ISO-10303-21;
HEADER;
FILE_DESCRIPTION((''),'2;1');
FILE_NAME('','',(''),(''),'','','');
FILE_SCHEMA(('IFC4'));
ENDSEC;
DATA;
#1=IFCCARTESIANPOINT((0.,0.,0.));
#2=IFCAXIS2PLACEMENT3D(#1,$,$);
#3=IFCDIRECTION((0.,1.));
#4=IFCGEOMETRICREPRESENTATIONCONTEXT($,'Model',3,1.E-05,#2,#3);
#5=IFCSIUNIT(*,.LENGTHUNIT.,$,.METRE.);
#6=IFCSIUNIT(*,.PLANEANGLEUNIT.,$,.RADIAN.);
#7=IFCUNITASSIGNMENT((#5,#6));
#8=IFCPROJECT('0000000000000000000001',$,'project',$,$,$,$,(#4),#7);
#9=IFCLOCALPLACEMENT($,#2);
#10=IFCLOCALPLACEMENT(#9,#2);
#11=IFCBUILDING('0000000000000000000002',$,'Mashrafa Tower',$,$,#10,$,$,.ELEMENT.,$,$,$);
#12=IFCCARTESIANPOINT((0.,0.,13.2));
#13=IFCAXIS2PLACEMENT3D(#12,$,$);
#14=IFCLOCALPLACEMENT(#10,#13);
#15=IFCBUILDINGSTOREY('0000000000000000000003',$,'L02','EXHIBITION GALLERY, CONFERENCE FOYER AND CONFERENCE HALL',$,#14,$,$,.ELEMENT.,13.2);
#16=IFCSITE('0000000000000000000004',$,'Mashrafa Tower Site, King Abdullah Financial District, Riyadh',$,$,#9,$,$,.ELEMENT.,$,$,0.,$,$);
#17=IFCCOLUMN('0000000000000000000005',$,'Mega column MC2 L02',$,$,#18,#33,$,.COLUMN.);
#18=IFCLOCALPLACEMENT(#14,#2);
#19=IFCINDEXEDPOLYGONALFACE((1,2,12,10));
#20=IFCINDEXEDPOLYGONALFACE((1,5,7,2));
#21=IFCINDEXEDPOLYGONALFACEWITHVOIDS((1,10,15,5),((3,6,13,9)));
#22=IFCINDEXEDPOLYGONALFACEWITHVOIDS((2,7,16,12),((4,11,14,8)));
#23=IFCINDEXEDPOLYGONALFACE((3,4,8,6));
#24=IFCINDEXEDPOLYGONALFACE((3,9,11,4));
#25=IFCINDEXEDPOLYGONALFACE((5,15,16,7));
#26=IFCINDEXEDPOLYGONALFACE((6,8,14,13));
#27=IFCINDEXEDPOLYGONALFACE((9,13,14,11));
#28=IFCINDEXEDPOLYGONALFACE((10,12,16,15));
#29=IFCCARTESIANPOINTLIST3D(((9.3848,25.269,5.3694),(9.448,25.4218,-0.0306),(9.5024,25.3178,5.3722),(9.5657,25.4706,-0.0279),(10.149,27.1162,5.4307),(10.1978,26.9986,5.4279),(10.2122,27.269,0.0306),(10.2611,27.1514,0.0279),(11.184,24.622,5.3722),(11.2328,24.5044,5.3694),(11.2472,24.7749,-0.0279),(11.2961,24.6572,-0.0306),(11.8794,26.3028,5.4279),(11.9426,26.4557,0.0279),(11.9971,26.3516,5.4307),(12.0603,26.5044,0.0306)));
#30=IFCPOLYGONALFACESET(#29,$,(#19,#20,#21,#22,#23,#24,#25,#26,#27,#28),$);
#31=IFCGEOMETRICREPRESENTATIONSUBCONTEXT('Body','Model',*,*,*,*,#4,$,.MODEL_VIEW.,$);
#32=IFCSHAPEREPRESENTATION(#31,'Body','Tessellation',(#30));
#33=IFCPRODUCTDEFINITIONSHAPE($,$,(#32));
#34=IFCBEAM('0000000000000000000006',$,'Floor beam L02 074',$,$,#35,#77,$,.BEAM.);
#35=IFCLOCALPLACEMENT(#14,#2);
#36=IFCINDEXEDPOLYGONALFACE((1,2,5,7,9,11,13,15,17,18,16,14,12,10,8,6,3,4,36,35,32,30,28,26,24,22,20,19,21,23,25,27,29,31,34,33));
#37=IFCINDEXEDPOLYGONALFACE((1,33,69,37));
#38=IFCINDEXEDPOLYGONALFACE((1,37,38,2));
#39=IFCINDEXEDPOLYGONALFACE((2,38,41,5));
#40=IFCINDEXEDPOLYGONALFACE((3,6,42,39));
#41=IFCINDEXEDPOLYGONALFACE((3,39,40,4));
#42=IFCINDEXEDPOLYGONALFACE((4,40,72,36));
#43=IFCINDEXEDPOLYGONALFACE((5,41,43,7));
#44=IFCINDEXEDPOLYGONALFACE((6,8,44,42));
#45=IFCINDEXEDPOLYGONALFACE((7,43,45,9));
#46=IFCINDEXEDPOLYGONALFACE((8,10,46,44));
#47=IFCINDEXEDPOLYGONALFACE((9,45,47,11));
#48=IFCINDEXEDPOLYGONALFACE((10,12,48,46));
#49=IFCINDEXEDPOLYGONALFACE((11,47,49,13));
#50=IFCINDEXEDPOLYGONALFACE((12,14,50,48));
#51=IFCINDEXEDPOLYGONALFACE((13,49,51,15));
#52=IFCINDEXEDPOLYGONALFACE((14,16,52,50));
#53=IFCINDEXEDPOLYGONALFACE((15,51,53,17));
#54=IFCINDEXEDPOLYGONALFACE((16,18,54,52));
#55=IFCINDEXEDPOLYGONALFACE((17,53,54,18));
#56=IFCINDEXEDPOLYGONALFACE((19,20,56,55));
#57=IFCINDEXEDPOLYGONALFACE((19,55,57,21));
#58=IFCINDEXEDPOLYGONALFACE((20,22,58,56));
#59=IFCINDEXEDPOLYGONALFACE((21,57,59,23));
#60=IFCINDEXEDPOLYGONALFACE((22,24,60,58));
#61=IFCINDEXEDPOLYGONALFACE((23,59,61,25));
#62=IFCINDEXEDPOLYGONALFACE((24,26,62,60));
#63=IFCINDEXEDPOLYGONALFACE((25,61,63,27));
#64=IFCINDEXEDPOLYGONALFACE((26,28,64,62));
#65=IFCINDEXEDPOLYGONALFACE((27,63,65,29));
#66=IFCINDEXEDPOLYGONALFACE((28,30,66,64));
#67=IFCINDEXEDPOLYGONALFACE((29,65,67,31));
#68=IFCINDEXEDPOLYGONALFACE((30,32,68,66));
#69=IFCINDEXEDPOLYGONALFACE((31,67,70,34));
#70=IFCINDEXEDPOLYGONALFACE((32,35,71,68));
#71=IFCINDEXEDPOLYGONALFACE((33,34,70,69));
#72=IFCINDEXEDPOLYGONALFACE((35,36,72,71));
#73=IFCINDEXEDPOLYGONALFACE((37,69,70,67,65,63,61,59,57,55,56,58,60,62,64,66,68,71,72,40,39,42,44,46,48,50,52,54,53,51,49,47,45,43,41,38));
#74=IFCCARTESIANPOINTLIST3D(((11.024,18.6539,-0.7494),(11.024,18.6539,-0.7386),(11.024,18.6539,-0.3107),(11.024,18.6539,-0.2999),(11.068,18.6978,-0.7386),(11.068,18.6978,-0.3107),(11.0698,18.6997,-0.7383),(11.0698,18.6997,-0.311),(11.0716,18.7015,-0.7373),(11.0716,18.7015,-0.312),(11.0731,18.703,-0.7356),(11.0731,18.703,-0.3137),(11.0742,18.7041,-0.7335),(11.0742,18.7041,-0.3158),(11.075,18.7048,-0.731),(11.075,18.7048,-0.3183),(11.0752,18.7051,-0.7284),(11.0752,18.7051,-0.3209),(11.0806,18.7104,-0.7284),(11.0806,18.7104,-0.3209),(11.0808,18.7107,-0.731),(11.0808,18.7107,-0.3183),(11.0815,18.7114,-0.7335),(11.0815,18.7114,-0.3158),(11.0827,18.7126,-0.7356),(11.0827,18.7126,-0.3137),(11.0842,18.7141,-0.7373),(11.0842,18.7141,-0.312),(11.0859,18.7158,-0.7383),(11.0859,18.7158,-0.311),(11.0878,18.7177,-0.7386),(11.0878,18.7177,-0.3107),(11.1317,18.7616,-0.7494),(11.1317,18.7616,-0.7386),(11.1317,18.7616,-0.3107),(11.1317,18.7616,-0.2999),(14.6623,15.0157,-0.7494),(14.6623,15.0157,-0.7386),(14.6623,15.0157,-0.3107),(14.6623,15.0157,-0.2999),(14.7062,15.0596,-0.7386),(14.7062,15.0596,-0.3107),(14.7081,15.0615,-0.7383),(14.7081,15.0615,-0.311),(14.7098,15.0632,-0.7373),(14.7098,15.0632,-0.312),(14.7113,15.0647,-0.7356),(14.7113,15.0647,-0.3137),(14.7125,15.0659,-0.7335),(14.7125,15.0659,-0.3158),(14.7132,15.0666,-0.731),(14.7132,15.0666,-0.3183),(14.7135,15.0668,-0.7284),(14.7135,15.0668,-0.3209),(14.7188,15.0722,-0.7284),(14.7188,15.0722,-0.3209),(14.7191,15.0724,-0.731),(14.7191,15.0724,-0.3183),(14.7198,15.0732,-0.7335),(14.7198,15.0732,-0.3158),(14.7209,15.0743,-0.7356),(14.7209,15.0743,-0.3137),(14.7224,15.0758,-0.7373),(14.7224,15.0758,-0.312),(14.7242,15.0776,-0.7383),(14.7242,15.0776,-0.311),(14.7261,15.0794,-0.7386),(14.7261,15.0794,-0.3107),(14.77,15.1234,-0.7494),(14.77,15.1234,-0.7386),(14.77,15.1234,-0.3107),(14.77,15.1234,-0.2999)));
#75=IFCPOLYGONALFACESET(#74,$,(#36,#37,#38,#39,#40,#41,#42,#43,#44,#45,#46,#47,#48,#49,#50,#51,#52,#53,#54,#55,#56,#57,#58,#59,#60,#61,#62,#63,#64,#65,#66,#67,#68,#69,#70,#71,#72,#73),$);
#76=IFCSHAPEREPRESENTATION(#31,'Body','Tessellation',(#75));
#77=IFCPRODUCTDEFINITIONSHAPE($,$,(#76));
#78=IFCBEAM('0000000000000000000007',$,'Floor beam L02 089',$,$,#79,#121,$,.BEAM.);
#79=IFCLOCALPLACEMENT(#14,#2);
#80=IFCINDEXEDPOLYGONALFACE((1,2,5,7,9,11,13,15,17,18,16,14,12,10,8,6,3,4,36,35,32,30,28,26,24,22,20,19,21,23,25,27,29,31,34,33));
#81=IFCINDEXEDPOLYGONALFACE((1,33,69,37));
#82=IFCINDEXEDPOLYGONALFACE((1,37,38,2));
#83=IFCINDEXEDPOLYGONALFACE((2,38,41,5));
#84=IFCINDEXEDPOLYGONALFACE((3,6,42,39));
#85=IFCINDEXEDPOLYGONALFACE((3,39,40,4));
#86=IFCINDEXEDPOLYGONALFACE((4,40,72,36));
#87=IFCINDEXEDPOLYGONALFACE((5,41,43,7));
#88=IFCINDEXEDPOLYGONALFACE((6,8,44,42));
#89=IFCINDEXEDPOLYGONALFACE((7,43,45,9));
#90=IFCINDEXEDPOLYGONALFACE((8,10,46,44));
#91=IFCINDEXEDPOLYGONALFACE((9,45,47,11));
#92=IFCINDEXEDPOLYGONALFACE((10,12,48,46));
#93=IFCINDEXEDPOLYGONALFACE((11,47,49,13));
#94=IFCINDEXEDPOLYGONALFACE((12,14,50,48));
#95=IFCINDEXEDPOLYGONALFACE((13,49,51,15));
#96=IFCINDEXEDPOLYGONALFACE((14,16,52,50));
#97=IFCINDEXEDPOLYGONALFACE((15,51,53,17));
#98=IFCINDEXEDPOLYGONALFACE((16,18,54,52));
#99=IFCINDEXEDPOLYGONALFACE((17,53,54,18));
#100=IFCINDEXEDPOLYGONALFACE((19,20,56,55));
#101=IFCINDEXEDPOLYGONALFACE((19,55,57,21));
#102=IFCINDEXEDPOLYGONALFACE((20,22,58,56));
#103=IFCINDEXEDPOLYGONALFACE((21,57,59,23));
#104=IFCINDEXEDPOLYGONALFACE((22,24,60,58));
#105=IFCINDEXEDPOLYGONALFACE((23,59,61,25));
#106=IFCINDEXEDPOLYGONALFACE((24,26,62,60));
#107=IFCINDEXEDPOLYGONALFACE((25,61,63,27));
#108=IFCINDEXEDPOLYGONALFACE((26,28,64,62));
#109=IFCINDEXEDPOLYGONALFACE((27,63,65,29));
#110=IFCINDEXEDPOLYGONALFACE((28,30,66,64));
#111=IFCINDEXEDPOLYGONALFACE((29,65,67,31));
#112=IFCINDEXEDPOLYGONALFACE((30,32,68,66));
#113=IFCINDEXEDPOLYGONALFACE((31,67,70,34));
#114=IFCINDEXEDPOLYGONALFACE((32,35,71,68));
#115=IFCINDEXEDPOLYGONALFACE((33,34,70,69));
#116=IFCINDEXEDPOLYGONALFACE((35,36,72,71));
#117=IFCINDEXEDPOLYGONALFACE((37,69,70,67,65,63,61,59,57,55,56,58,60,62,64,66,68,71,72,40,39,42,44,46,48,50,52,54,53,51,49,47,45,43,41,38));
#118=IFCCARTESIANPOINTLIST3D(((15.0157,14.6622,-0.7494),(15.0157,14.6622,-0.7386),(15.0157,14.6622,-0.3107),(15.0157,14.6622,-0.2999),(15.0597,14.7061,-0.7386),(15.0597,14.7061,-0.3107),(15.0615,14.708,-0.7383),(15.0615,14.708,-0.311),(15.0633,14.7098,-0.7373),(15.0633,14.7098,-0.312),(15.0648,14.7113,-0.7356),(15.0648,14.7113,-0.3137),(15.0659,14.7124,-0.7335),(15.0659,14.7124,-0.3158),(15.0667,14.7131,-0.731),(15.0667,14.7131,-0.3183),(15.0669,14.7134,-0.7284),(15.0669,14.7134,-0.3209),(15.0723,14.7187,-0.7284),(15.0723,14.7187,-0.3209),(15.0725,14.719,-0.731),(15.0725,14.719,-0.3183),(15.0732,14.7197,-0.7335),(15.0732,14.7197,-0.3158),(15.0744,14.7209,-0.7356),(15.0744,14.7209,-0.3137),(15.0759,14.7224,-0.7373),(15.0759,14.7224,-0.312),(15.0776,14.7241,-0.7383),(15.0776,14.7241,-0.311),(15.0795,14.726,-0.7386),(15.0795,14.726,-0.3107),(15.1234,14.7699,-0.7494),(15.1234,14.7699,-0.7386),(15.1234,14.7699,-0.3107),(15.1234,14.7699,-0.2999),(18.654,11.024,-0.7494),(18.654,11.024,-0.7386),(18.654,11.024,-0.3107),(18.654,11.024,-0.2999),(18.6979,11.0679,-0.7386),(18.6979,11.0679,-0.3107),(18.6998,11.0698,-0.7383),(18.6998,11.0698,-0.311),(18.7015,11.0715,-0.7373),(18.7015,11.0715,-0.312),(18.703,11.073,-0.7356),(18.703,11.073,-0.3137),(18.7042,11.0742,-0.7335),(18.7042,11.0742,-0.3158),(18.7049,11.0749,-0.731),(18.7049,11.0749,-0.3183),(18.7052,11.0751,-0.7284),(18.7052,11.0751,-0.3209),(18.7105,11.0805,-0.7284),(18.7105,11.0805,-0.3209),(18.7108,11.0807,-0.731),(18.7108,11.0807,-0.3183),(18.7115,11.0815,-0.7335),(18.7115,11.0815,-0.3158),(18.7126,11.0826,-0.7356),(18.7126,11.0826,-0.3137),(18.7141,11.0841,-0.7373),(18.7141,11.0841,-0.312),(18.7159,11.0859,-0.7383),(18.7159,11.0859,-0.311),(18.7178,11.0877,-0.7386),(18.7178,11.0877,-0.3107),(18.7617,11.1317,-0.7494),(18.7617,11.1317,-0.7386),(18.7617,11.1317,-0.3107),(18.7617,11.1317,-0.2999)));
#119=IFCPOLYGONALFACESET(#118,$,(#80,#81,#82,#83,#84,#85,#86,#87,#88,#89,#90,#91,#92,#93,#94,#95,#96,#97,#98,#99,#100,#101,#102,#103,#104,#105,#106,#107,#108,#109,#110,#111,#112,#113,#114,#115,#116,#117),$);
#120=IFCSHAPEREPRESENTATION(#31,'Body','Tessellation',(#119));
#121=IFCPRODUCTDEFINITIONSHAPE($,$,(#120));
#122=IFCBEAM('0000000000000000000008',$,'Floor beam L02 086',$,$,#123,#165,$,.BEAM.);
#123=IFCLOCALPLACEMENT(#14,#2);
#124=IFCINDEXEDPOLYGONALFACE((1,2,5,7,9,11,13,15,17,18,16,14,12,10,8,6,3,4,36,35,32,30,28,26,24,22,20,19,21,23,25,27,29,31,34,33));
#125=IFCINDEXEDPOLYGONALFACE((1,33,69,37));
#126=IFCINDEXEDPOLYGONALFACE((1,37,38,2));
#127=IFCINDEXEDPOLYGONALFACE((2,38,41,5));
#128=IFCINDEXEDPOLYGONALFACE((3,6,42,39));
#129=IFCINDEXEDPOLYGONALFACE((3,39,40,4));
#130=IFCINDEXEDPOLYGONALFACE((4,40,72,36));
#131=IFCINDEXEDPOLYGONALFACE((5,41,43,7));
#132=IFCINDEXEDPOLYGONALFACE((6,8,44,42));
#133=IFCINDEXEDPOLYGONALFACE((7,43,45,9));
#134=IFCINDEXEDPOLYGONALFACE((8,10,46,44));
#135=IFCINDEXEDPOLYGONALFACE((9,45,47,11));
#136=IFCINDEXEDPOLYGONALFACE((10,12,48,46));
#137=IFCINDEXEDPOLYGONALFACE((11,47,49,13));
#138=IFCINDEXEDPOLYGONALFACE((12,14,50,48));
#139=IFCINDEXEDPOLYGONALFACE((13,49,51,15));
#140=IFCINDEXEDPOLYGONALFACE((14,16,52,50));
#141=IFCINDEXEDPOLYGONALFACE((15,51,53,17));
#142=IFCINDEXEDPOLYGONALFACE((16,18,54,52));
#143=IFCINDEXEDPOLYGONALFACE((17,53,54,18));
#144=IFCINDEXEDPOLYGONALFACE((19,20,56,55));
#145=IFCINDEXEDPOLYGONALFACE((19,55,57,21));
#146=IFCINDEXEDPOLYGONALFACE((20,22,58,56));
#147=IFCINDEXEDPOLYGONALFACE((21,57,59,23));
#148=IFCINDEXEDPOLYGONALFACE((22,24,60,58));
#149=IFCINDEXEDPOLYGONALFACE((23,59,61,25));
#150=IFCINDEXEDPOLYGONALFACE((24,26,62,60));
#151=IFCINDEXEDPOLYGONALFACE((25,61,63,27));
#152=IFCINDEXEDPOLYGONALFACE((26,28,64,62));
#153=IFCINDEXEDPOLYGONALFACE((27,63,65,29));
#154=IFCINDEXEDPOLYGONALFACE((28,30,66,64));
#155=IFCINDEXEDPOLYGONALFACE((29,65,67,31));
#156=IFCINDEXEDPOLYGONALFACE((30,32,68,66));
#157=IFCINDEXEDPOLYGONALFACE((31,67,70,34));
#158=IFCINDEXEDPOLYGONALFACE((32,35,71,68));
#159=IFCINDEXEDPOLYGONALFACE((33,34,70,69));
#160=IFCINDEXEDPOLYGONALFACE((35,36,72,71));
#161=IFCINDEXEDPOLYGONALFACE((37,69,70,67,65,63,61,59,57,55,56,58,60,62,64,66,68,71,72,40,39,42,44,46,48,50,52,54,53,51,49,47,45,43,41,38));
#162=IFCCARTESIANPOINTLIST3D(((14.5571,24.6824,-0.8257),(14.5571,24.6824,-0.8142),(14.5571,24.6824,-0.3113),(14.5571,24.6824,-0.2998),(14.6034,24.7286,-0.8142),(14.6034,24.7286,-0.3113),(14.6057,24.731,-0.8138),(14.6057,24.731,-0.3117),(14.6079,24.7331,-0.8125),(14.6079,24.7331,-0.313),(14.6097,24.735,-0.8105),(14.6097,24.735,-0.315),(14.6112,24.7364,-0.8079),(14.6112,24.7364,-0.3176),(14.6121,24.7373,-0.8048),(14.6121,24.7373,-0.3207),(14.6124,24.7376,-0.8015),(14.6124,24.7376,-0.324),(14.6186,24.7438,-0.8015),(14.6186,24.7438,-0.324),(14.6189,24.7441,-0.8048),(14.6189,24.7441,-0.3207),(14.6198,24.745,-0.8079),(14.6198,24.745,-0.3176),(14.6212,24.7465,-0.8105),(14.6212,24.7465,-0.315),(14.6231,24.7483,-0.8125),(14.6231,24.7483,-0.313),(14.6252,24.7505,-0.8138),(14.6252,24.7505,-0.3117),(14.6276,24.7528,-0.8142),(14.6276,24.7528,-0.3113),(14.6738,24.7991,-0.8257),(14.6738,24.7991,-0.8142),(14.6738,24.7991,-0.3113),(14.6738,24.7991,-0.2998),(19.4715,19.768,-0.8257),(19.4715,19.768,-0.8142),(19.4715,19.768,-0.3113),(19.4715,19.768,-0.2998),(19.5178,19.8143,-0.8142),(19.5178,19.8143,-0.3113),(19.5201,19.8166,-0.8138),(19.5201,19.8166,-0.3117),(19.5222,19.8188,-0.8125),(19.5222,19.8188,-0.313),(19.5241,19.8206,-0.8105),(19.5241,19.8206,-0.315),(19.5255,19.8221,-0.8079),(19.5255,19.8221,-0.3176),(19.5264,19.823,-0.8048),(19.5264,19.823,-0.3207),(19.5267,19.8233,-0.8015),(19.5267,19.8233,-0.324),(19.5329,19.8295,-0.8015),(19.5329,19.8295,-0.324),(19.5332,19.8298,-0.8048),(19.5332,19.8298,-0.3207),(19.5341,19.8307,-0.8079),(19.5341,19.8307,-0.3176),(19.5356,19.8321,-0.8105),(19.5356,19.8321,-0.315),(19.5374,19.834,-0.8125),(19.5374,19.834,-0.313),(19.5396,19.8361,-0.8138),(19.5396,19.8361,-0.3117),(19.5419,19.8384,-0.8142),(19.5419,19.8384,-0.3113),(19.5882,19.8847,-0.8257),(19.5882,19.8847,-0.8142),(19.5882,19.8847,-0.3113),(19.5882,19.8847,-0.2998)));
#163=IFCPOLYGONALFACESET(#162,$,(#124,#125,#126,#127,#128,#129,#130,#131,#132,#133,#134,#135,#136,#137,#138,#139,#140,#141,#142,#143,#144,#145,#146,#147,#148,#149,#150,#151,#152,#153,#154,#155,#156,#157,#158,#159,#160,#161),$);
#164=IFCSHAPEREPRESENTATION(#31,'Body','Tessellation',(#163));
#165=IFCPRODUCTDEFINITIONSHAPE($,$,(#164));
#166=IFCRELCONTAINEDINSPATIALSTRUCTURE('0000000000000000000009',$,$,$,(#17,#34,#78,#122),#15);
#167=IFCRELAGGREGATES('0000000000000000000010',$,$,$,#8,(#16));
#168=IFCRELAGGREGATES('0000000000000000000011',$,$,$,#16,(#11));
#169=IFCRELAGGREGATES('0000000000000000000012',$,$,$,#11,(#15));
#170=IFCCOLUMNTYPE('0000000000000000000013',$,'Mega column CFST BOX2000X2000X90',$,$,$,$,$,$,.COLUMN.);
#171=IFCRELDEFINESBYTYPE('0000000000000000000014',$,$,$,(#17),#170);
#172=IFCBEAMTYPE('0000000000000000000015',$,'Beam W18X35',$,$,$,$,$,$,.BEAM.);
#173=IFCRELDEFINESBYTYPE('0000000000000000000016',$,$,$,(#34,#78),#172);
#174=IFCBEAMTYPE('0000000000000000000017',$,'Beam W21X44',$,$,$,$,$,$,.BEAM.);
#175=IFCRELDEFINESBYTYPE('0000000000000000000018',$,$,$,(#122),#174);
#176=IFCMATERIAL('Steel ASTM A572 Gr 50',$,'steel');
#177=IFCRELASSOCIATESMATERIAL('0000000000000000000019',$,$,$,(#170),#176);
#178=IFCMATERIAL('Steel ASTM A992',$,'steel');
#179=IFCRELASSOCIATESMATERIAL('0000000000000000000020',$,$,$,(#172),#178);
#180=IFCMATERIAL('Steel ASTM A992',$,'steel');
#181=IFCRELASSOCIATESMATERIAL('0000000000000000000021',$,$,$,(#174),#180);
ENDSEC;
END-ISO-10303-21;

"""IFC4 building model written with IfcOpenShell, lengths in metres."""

from ifc_helpers import new_model, si_unit, direction, frame, origin, origin_2d, place, context, subcontext, project, spatial, hollow_rectangle, i_section, extrude, material, material_profile, profile_set, type_object, element, save


model = new_model("IFC4")

# Units and contexts
model_context = context("Model", 3, precision=1e-05, world=origin(), true_north=direction((0.0, 1.0)))
body_context = subcontext(model_context, "Body", "Model", "MODEL_VIEW")
ifc_project = project(units=[si_unit("LENGTHUNIT", "METRE"), si_unit("PLANEANGLEUNIT", "RADIAN")], contexts=[model_context])

# Site, building, storey
site_placement = place(None, origin())
site = spatial("IfcSite", under=ifc_project, at=site_placement, Name="Mashrafa Tower Site, King Abdullah Financial District, Riyadh", CompositionType="ELEMENT", RefElevation=0.0)
building_placement = place(site_placement, origin())
building = spatial("IfcBuilding", under=site, at=building_placement, Name="Mashrafa Tower", CompositionType="ELEMENT")
storey_placement = place(building_placement, frame((0.0, 0.0, 13.2)))
storey = spatial("IfcBuildingStorey", under=building, at=storey_placement, Name="L02", Description="EXHIBITION GALLERY, CONFERENCE FOYER AND CONFERENCE HALL", CompositionType="ELEMENT", Elevation=13.2)

# Column
ifc_material_1 = material(Name="Steel ASTM A572 Gr 50", Category="steel")
ifc_material_profile_1 = material_profile(ifc_material_1, hollow_rectangle(XDim=2.0, YDim=2.0, WallThickness=0.0901, at=origin_2d()), Name="BOX2000X2000X90")
ifc_profile_set_1 = profile_set([ifc_material_profile_1], Name="Steel ASTM A572 Gr 50")
column_type = type_object("IfcColumnType", Name="Mega column CFST BOX2000X2000X90", PredefinedType="COLUMN", material=ifc_profile_set_1)
column_placement = place(storey_placement, frame((10.7542, 25.9631, 0.0), z_axis=(-0.011704, -0.028288, 0.999531), x_axis=(0.924035, -0.382308, 0.0)))
element("IfcColumn", 1, at=column_placement, inside=storey, type_object=column_type, Name="Mega column MC2 L02", PredefinedType="COLUMN", context=body_context, shape_type="SweptSolid", body=[
    extrude(hollow_rectangle(XDim=2.0, YDim=2.0, WallThickness=0.0901, at=origin_2d()), origin(), (0.0, 0.0, 1.0), 5.4026),
])

# Beams
ifc_material_2 = material(Name="Steel ASTM A992", Category="steel")
ifc_material_profile_2 = material_profile(ifc_material_2, i_section(OverallWidth=0.1523, OverallDepth=0.4495, WebThickness=0.0076, FlangeThickness=0.0107, FilletRadius=0.0103, at=origin_2d()), Name="W18X35")
ifc_profile_set_2 = profile_set([ifc_material_profile_2], Name="Steel ASTM A992")
beam_type_1 = type_object("IfcBeamType", Name="Beam W18X35", PredefinedType="BEAM", material=ifc_profile_set_2)
for number, where, z_axis, x_axis, name in (
    (2, (11.0779, 18.7078, -0.5247), (0.707107, -0.707107, 0.0), (0.707107, 0.707107, 0.0), "Floor beam L02 074"),
    (3, (15.0696, 14.7161, -0.5247), (0.707107, -0.707107, 0.0), (0.707107, 0.707107, 0.0), "Floor beam L02 089"),
):
    element("IfcBeam", number, at=place(storey_placement, frame(where, z_axis=z_axis, x_axis=x_axis)), inside=storey, type_object=beam_type_1, Name=name, PredefinedType="BEAM", context=body_context, shape_type="SweptSolid", body=[
        extrude(i_section(OverallWidth=0.1523, OverallDepth=0.4495, WebThickness=0.0076, FlangeThickness=0.0107, FilletRadius=0.0103, at=origin_2d()), origin(), (0.0, 0.0, 1.0), 5.1453),
    ])
ifc_material_3 = material(Name="Steel ASTM A992", Category="steel")
ifc_material_profile_3 = material_profile(ifc_material_3, i_section(OverallWidth=0.165, OverallDepth=0.5259, WebThickness=0.0088, FlangeThickness=0.0115, FilletRadius=0.0127, at=origin_2d()), Name="W21X44")
ifc_profile_set_3 = profile_set([ifc_material_profile_3], Name="Steel ASTM A992")
beam_type_2 = type_object("IfcBeamType", Name="Beam W21X44", PredefinedType="BEAM", material=ifc_profile_set_3)
beam_1_placement = place(storey_placement, frame((14.6155, 24.7407, -0.5627), z_axis=(0.707107, -0.707107, 0.0), x_axis=(0.707107, 0.707107, 0.0)))
element("IfcBeam", 4, at=beam_1_placement, inside=storey, type_object=beam_type_2, Name="Floor beam L02 086", PredefinedType="BEAM", context=body_context, shape_type="SweptSolid", body=[
    extrude(i_section(OverallWidth=0.165, OverallDepth=0.5259, WebThickness=0.0088, FlangeThickness=0.0115, FilletRadius=0.0127, at=origin_2d()), origin(), (0.0, 0.0, 1.0), 6.95),
])

save(model, "model.ifc")
